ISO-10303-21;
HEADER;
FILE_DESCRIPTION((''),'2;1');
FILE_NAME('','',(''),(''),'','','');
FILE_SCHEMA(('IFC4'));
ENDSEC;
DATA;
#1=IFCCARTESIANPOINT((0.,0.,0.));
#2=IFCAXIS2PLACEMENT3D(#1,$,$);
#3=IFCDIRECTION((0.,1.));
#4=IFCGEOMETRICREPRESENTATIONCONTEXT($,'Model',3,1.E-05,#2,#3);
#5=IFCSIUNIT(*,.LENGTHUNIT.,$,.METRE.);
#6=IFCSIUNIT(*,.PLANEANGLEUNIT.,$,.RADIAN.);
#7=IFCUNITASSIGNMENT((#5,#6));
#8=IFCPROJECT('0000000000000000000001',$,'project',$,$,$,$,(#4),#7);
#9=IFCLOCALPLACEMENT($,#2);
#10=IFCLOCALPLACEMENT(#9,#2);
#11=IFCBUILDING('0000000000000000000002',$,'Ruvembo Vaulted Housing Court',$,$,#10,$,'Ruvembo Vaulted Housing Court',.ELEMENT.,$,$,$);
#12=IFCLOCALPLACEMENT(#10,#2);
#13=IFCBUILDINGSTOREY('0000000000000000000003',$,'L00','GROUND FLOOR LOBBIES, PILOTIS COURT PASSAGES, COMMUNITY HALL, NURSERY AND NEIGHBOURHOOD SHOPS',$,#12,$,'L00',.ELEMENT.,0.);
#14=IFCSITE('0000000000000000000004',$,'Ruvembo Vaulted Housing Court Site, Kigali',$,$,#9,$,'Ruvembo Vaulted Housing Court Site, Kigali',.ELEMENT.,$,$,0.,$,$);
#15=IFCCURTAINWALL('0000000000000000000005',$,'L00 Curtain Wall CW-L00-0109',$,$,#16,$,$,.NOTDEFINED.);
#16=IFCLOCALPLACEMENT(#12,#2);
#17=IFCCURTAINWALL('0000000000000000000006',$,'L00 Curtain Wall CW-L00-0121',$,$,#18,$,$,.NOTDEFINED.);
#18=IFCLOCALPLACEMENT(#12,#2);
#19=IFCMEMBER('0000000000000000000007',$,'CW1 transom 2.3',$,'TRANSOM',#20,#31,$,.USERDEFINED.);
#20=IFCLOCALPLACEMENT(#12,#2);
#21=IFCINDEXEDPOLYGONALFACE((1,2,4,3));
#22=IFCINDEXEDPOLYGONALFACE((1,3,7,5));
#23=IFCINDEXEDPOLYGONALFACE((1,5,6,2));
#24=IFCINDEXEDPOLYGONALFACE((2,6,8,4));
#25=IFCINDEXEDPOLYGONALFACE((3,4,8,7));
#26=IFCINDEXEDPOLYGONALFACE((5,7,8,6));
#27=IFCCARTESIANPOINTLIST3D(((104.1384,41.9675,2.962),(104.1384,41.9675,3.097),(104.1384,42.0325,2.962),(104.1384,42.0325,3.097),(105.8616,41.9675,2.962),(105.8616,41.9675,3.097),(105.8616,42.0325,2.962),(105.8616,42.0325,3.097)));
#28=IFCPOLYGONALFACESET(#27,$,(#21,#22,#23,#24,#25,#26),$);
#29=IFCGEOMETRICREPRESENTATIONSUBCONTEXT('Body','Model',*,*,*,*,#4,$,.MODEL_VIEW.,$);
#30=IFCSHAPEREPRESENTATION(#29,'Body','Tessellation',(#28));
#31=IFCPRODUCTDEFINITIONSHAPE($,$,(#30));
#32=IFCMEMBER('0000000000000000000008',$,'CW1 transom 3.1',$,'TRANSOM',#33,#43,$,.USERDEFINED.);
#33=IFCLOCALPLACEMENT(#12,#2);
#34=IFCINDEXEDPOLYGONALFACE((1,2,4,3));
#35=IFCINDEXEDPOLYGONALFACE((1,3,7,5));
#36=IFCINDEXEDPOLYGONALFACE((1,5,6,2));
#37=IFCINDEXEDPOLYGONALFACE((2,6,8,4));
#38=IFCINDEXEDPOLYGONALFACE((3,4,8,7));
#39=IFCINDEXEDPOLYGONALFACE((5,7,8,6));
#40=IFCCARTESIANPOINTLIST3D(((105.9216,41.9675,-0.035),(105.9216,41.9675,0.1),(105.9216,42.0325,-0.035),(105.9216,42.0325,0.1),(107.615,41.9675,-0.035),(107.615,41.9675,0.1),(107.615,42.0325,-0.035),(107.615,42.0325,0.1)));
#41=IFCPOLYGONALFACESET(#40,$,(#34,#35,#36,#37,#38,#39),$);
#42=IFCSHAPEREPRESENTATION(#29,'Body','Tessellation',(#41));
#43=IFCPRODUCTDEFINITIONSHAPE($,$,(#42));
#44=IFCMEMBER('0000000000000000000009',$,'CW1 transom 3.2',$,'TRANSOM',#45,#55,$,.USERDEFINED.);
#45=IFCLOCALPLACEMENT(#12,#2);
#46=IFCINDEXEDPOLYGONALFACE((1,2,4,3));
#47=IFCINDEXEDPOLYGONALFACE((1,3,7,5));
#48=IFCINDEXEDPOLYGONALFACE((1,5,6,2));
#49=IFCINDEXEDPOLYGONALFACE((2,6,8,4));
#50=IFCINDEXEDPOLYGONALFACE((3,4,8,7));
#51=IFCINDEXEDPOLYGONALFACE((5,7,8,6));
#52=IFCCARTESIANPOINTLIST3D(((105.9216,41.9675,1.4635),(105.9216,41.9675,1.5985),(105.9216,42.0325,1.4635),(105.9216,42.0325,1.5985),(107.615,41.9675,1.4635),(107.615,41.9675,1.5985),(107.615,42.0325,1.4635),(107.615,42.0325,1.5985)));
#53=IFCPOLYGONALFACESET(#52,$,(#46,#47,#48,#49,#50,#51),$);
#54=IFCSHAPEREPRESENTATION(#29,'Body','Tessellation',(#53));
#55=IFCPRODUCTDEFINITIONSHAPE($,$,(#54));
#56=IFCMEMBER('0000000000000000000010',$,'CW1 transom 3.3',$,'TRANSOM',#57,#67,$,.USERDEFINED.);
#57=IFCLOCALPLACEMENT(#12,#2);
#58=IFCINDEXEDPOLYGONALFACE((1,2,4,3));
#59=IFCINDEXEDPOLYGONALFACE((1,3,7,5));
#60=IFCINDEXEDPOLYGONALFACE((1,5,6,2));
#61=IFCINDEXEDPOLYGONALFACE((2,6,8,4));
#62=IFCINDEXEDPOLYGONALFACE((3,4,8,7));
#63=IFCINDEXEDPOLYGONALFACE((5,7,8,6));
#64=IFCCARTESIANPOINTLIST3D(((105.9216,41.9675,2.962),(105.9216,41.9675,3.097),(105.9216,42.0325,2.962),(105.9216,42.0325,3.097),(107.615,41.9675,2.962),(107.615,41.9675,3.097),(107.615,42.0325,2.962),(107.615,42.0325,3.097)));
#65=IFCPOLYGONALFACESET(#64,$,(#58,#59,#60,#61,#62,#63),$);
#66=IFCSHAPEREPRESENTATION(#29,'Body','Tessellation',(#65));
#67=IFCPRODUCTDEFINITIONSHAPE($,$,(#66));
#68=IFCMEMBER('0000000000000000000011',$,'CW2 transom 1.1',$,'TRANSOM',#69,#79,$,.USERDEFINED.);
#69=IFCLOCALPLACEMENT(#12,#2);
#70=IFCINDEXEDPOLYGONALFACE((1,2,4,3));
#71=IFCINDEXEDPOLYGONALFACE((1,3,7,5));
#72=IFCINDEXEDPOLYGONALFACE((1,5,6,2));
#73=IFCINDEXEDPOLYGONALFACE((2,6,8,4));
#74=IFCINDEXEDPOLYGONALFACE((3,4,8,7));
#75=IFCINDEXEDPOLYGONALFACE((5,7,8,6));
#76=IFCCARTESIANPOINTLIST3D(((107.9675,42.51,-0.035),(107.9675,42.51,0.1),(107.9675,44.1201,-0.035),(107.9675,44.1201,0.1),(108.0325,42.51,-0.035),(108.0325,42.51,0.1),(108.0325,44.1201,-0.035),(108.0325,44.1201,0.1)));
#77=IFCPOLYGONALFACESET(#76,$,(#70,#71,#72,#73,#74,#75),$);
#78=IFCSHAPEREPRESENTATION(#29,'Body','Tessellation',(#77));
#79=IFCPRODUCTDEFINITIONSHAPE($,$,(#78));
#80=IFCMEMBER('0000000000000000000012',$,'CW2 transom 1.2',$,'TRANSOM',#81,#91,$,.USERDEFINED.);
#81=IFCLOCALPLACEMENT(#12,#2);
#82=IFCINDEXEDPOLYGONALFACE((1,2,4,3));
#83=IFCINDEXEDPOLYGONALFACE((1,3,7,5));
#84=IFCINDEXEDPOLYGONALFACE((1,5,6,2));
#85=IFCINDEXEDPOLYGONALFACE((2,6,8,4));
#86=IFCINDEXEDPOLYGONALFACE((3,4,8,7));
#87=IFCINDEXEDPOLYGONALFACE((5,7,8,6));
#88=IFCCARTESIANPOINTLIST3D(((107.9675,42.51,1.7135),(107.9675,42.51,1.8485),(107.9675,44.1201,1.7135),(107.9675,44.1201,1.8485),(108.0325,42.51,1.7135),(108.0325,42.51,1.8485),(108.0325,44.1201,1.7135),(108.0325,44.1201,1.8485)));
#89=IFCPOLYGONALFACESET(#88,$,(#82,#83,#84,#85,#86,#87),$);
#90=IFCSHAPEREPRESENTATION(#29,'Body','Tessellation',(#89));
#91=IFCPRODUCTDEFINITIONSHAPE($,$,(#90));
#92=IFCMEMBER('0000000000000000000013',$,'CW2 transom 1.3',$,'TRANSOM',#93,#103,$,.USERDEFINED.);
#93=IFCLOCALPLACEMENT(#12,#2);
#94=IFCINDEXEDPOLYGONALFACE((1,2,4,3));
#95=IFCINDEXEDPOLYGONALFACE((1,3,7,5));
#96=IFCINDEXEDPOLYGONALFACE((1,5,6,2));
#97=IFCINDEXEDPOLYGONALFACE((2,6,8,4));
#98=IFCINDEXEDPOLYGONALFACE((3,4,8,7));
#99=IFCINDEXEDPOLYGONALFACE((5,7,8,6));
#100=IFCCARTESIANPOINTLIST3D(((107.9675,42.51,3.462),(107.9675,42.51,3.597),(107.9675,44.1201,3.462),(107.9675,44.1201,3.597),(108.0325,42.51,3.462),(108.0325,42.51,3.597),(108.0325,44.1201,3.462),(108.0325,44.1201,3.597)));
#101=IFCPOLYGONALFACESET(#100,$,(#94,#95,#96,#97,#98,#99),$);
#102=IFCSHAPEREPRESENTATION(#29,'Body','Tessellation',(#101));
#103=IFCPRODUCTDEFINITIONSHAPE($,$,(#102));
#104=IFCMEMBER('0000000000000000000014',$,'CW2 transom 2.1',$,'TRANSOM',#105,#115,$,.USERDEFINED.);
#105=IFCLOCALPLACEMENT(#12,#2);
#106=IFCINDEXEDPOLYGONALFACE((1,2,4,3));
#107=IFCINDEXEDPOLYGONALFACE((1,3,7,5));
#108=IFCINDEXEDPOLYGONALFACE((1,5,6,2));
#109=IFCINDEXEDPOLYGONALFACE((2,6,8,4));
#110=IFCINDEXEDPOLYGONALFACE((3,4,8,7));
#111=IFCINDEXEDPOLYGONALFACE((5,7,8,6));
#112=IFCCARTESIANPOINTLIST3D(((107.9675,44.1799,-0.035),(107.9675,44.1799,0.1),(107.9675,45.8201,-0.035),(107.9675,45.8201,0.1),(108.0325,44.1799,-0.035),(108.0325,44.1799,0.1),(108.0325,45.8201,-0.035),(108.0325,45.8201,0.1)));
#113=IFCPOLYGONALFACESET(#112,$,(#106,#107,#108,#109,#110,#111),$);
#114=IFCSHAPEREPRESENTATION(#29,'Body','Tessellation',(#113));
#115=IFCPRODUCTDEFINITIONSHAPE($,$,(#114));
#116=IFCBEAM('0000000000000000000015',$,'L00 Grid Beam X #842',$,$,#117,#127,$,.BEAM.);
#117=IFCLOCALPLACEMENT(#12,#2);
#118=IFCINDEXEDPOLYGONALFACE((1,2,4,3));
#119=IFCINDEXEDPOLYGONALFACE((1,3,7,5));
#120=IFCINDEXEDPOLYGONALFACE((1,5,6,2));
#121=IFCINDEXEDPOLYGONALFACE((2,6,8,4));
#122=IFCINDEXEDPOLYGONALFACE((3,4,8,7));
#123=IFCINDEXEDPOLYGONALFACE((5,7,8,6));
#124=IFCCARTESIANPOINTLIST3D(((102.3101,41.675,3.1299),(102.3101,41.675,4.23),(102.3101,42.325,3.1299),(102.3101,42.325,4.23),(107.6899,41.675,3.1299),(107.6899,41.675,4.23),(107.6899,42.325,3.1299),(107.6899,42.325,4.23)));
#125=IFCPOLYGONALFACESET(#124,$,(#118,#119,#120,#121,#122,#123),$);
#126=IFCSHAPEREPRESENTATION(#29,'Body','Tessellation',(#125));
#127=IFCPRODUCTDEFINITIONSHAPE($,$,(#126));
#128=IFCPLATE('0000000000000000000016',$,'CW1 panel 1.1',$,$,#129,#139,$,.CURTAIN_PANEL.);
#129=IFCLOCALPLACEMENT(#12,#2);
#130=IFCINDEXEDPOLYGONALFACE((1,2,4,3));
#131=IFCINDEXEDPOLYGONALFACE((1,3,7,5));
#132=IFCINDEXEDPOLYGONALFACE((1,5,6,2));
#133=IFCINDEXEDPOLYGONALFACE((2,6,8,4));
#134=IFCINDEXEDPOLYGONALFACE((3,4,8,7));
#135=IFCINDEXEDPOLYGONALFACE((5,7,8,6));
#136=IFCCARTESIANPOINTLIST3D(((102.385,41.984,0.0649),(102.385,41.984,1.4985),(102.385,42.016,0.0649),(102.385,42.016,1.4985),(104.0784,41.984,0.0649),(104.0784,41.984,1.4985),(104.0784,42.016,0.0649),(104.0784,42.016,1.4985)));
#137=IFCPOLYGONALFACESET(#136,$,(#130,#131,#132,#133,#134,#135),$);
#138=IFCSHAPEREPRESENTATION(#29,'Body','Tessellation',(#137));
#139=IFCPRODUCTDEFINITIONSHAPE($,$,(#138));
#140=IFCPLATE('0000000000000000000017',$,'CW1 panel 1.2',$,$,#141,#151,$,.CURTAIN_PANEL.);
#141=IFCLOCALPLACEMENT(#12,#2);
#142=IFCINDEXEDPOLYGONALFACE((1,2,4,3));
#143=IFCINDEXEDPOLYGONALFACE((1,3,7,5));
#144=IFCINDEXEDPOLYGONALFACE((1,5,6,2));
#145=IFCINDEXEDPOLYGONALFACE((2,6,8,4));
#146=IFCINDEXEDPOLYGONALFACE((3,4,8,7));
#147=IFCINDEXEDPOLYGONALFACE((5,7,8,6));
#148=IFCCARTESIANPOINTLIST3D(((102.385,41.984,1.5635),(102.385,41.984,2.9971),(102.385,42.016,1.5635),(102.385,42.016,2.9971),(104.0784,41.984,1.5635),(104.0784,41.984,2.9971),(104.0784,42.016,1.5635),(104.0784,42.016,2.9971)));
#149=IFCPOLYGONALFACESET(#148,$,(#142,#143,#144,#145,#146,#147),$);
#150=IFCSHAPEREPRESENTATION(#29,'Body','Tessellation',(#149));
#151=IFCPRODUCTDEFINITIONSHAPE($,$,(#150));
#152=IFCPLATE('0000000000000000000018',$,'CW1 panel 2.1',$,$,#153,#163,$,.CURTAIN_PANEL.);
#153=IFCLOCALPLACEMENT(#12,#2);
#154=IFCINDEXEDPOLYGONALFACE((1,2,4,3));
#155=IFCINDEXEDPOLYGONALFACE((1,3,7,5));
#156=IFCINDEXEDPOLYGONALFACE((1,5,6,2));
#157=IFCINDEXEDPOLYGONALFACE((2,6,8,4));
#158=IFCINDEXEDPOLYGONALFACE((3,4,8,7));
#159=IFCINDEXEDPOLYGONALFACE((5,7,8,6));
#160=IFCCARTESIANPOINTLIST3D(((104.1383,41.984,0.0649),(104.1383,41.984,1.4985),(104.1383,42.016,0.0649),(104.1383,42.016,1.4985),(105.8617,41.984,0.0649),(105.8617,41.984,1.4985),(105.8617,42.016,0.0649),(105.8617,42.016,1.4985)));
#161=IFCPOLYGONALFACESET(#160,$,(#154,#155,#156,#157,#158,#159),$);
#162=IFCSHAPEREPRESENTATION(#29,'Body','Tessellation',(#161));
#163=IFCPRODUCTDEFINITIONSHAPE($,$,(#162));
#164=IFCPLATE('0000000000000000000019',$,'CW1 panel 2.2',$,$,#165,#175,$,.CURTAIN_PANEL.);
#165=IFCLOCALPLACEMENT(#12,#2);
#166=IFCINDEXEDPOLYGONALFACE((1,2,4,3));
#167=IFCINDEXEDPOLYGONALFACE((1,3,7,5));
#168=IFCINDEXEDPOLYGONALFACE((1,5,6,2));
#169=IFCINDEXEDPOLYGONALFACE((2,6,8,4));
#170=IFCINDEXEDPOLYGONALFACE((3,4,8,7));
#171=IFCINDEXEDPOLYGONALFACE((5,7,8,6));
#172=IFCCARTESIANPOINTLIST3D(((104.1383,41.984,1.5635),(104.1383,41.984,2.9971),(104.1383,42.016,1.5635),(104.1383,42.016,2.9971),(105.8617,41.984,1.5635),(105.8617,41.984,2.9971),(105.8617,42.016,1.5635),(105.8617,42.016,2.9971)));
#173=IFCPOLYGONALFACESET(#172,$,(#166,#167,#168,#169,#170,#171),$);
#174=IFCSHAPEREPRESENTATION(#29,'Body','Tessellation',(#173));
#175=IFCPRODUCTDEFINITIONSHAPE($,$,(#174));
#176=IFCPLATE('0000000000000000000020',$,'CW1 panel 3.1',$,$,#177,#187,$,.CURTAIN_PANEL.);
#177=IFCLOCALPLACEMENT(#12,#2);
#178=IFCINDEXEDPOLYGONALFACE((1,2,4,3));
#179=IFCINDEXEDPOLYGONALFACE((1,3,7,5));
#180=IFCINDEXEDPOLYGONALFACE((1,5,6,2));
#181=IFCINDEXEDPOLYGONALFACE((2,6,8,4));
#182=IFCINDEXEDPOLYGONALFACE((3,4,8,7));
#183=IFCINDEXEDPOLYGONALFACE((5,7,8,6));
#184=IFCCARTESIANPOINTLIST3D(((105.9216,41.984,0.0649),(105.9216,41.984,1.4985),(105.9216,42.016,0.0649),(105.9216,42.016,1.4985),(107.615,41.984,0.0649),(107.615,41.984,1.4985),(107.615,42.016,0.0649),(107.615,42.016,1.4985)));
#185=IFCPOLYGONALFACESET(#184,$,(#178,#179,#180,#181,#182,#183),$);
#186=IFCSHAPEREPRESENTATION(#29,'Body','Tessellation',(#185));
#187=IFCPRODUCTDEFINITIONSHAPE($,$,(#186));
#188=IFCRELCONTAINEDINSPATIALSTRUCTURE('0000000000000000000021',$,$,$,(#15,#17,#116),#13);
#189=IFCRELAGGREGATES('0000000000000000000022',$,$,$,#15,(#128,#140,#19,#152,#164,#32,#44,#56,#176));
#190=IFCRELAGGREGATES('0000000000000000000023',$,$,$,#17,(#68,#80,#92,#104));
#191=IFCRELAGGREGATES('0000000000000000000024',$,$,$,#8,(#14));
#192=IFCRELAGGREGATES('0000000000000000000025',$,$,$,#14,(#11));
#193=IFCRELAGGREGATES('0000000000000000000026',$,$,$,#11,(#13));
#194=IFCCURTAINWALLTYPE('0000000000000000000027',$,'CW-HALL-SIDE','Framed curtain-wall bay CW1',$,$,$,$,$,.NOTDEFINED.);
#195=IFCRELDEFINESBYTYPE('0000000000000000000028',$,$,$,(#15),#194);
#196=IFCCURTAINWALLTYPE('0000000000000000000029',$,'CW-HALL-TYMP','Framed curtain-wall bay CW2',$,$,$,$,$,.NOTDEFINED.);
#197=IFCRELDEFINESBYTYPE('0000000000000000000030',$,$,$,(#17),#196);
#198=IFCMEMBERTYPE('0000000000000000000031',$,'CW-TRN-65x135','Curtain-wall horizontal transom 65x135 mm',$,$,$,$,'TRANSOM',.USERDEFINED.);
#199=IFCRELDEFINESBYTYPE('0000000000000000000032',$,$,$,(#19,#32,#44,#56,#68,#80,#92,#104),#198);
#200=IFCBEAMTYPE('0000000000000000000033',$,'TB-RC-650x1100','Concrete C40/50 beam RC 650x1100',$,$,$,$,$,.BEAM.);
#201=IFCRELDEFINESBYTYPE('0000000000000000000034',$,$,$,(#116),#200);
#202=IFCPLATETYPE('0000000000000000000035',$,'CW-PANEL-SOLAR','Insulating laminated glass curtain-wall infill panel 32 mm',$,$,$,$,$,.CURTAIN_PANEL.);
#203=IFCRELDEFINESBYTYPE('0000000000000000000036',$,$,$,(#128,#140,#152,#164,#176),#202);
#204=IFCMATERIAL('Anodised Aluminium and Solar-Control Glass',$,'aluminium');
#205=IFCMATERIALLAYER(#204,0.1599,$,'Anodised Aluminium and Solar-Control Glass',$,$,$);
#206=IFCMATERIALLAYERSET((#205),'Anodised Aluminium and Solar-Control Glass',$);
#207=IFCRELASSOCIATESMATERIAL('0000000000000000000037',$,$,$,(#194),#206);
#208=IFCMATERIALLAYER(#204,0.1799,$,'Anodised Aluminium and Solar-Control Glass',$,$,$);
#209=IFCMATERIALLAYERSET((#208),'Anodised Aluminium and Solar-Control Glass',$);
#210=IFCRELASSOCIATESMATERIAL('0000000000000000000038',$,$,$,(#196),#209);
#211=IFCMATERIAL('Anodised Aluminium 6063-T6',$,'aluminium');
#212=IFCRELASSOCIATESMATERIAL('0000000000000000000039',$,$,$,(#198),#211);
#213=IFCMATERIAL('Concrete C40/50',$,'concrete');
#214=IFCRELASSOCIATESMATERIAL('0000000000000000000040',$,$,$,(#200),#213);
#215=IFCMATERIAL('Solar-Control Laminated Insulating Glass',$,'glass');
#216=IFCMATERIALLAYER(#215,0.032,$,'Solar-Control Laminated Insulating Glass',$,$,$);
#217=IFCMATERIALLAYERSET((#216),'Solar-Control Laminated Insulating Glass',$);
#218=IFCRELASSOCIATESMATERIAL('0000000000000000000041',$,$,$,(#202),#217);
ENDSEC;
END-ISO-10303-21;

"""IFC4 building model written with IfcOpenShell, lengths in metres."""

from ifc_helpers import new_model, si_unit, direction, frame, origin, origin_2d, place, context, subcontext, project, spatial, rectangle, extrude, material, layer, layer_set, material_profile, profile_set, type_object, element, aggregate, save


model = new_model("IFC4")

# Units and contexts
model_context = context("Model", 3, precision=1e-05, world=origin(), true_north=direction((0.0, 1.0)))
body_context = subcontext(model_context, "Body", "Model", "MODEL_VIEW")
ifc_project = project(units=[si_unit("LENGTHUNIT", "METRE"), si_unit("PLANEANGLEUNIT", "RADIAN")], contexts=[model_context])

# Site, building, storey
site_placement = place(None, origin())
site = spatial("IfcSite", under=ifc_project, at=site_placement, Name="Ruvembo Vaulted Housing Court Site, Kigali", LongName="Ruvembo Vaulted Housing Court Site, Kigali", CompositionType="ELEMENT", RefElevation=0.0)
building_placement = place(site_placement, origin())
building = spatial("IfcBuilding", under=site, at=building_placement, Name="Ruvembo Vaulted Housing Court", LongName="Ruvembo Vaulted Housing Court", CompositionType="ELEMENT")
storey_placement = place(building_placement, origin())
storey = spatial("IfcBuildingStorey", under=building, at=storey_placement, Name="L00", Description="GROUND FLOOR LOBBIES, PILOTIS COURT PASSAGES, COMMUNITY HALL, NURSERY AND NEIGHBOURHOOD SHOPS", LongName="L00", CompositionType="ELEMENT", Elevation=0.0)

# Shared definitions
ifc_material_1 = material(Name="Concrete C40/50", Category="concrete")

# Curtain walls
ifc_material_2 = material(Name="Anodised Aluminium and Solar-Control Glass", Category="aluminium")
ifc_layer_1 = layer(ifc_material_2, 0.1599, Name="Anodised Aluminium and Solar-Control Glass")
ifc_layer_set_1 = layer_set([ifc_layer_1], Name="Anodised Aluminium and Solar-Control Glass")
curtain_wall_type_1 = type_object("IfcCurtainWallType", Name="CW-HALL-SIDE", Description="Framed curtain-wall bay CW1", PredefinedType="NOTDEFINED", material=ifc_layer_set_1)
curtain_wall_1_placement = place(storey_placement, origin())
curtain_wall_1 = element("IfcCurtainWall", 1, at=curtain_wall_1_placement, inside=storey, type_object=curtain_wall_type_1, Name="L00 Curtain Wall CW-L00-0109", PredefinedType="NOTDEFINED")
ifc_material_3 = material(Name="Anodised Aluminium 6063-T6", Category="aluminium")
ifc_layer_2 = layer(ifc_material_2, 0.1799, Name="Anodised Aluminium and Solar-Control Glass")
ifc_layer_set_2 = layer_set([ifc_layer_2], Name="Anodised Aluminium and Solar-Control Glass")
curtain_wall_type_2 = type_object("IfcCurtainWallType", Name="CW-HALL-TYMP", Description="Framed curtain-wall bay CW2", PredefinedType="NOTDEFINED", material=ifc_layer_set_2)
curtain_wall_2_placement = place(storey_placement, origin())
curtain_wall_2 = element("IfcCurtainWall", 2, at=curtain_wall_2_placement, inside=storey, type_object=curtain_wall_type_2, Name="L00 Curtain Wall CW-L00-0121", PredefinedType="NOTDEFINED")

# Members
ifc_material_profile_1 = material_profile(ifc_material_3, rectangle(XDim=0.0649, YDim=0.135, at=origin_2d()), Name="ALU 65x135")
ifc_profile_set_1 = profile_set([ifc_material_profile_1], Name="Anodised Aluminium 6063-T6")
member_type_1 = type_object("IfcMemberType", Name="CW-TRN-65x135", Description="Curtain-wall horizontal transom 65x135 mm", ElementType="TRANSOM", PredefinedType="USERDEFINED", material=ifc_profile_set_1)
member_1_placement = place(storey_placement, frame((104.1384, 42.0, 3.0295), z_axis=(1.0, 0.0, 0.0), x_axis=(0.0, 1.0, 0.0)))
member_1 = element("IfcMember", 3, at=member_1_placement, type_object=member_type_1, Name="CW1 transom 2.3", ObjectType="TRANSOM", PredefinedType="USERDEFINED", context=body_context, shape_type="SweptSolid", body=[
    extrude(rectangle(XDim=0.0649, YDim=0.135, at=origin_2d()), origin(), (0.0, 0.0, 1.0), 1.7231),
])
member_2_placement = place(storey_placement, frame((105.9216, 42.0, 0.0325), z_axis=(1.0, 0.0, 0.0), x_axis=(0.0, 1.0, 0.0)))
member_2 = element("IfcMember", 4, at=member_2_placement, type_object=member_type_1, Name="CW1 transom 3.1", ObjectType="TRANSOM", PredefinedType="USERDEFINED", context=body_context, shape_type="SweptSolid", body=[
    extrude(rectangle(XDim=0.0649, YDim=0.135, at=origin_2d()), origin(), (0.0, 0.0, 1.0), 1.6934),
])
member_3_placement = place(storey_placement, frame((105.9216, 42.0, 1.531), z_axis=(1.0, 0.0, 0.0), x_axis=(0.0, 1.0, 0.0)))
member_3 = element("IfcMember", 5, at=member_3_placement, type_object=member_type_1, Name="CW1 transom 3.2", ObjectType="TRANSOM", PredefinedType="USERDEFINED", context=body_context, shape_type="SweptSolid", body=[
    extrude(rectangle(XDim=0.0649, YDim=0.135, at=origin_2d()), origin(), (0.0, 0.0, 1.0), 1.6934),
])
member_4_placement = place(storey_placement, frame((105.9216, 42.0, 3.0295), z_axis=(1.0, 0.0, 0.0), x_axis=(0.0, 1.0, 0.0)))
member_4 = element("IfcMember", 6, at=member_4_placement, type_object=member_type_1, Name="CW1 transom 3.3", ObjectType="TRANSOM", PredefinedType="USERDEFINED", context=body_context, shape_type="SweptSolid", body=[
    extrude(rectangle(XDim=0.0649, YDim=0.135, at=origin_2d()), origin(), (0.0, 0.0, 1.0), 1.6934),
])
member_5_placement = place(storey_placement, frame((108.0, 42.51, 0.0325), z_axis=(0.0, 1.0, 0.0), x_axis=(-1.0, 0.0, 0.0)))
member_5 = element("IfcMember", 7, at=member_5_placement, type_object=member_type_1, Name="CW2 transom 1.1", ObjectType="TRANSOM", PredefinedType="USERDEFINED", context=body_context, shape_type="SweptSolid", body=[
    extrude(rectangle(XDim=0.0649, YDim=0.135, at=origin_2d()), origin(), (0.0, 0.0, 1.0), 1.6101),
])
member_6_placement = place(storey_placement, frame((108.0, 42.51, 1.781), z_axis=(0.0, 1.0, 0.0), x_axis=(-1.0, 0.0, 0.0)))
member_6 = element("IfcMember", 8, at=member_6_placement, type_object=member_type_1, Name="CW2 transom 1.2", ObjectType="TRANSOM", PredefinedType="USERDEFINED", context=body_context, shape_type="SweptSolid", body=[
    extrude(rectangle(XDim=0.0649, YDim=0.135, at=origin_2d()), origin(), (0.0, 0.0, 1.0), 1.6101),
])
member_7_placement = place(storey_placement, frame((108.0, 42.51, 3.5295), z_axis=(0.0, 1.0, 0.0), x_axis=(-1.0, 0.0, 0.0)))
member_7 = element("IfcMember", 9, at=member_7_placement, type_object=member_type_1, Name="CW2 transom 1.3", ObjectType="TRANSOM", PredefinedType="USERDEFINED", context=body_context, shape_type="SweptSolid", body=[
    extrude(rectangle(XDim=0.0649, YDim=0.135, at=origin_2d()), origin(), (0.0, 0.0, 1.0), 1.6101),
])
member_8_placement = place(storey_placement, frame((108.0, 44.1799, 0.0325), z_axis=(0.0, 1.0, 0.0), x_axis=(-1.0, 0.0, 0.0)))
member_8 = element("IfcMember", 10, at=member_8_placement, type_object=member_type_1, Name="CW2 transom 2.1", ObjectType="TRANSOM", PredefinedType="USERDEFINED", context=body_context, shape_type="SweptSolid", body=[
    extrude(rectangle(XDim=0.0649, YDim=0.135, at=origin_2d()), origin(), (0.0, 0.0, 1.0), 1.6401),
])

# Beam
ifc_material_profile_2 = material_profile(ifc_material_1, rectangle(XDim=0.6499, YDim=1.1001, at=origin_2d()), Name="RC 650x1100")
ifc_profile_set_2 = profile_set([ifc_material_profile_2], Name="Concrete C40/50")
beam_type_1 = type_object("IfcBeamType", Name="TB-RC-650x1100", Description="Concrete C40/50 beam RC 650x1100", PredefinedType="BEAM", material=ifc_profile_set_2)
beam_1_placement = place(storey_placement, frame((102.3101, 42.0, 3.6799), z_axis=(1.0, 0.0, 0.0), x_axis=(0.0, 1.0, 0.0)))
element("IfcBeam", 11, at=beam_1_placement, inside=storey, type_object=beam_type_1, Name="L00 Grid Beam X #842", PredefinedType="BEAM", context=body_context, shape_type="SweptSolid", body=[
    extrude(rectangle(XDim=0.6499, YDim=1.1001, at=origin_2d()), origin(), (0.0, 0.0, 1.0), 5.3799),
])

# Plates
ifc_material_4 = material(Name="Solar-Control Laminated Insulating Glass", Category="glass")
ifc_layer_3 = layer(ifc_material_4, 0.032, Name="Solar-Control Laminated Insulating Glass")
ifc_layer_set_3 = layer_set([ifc_layer_3], Name="Solar-Control Laminated Insulating Glass")
plate_type = type_object("IfcPlateType", Name="CW-PANEL-SOLAR", Description="Insulating laminated glass curtain-wall infill panel 32 mm", PredefinedType="CURTAIN_PANEL", material=ifc_layer_set_3)
plate_1_placement = place(storey_placement, frame((103.2317, 42.0, 0.0649), z_axis=(0.0, 0.0, 1.0), x_axis=(1.0, 0.0, 0.0)))
plate_1 = element("IfcPlate", 12, at=plate_1_placement, type_object=plate_type, Name="CW1 panel 1.1", PredefinedType="CURTAIN_PANEL", context=body_context, shape_type="SweptSolid", body=[
    extrude(rectangle(XDim=1.6934, YDim=0.032, at=origin_2d()), origin(), (0.0, 0.0, 1.0), 1.4336),
])
plate_2_placement = place(storey_placement, frame((103.2317, 42.0, 1.5635), z_axis=(0.0, 0.0, 1.0), x_axis=(1.0, 0.0, 0.0)))
plate_2 = element("IfcPlate", 13, at=plate_2_placement, type_object=plate_type, Name="CW1 panel 1.2", PredefinedType="CURTAIN_PANEL", context=body_context, shape_type="SweptSolid", body=[
    extrude(rectangle(XDim=1.6934, YDim=0.032, at=origin_2d()), origin(), (0.0, 0.0, 1.0), 1.4336),
])
plate_3_placement = place(storey_placement, frame((105.0, 42.0, 0.0649), z_axis=(0.0, 0.0, 1.0), x_axis=(1.0, 0.0, 0.0)))
plate_3 = element("IfcPlate", 14, at=plate_3_placement, type_object=plate_type, Name="CW1 panel 2.1", PredefinedType="CURTAIN_PANEL", context=body_context, shape_type="SweptSolid", body=[
    extrude(rectangle(XDim=1.7234, YDim=0.032, at=origin_2d()), origin(), (0.0, 0.0, 1.0), 1.4336),
])
plate_4_placement = place(storey_placement, frame((105.0, 42.0, 1.5635), z_axis=(0.0, 0.0, 1.0), x_axis=(1.0, 0.0, 0.0)))
plate_4 = element("IfcPlate", 15, at=plate_4_placement, type_object=plate_type, Name="CW1 panel 2.2", PredefinedType="CURTAIN_PANEL", context=body_context, shape_type="SweptSolid", body=[
    extrude(rectangle(XDim=1.7234, YDim=0.032, at=origin_2d()), origin(), (0.0, 0.0, 1.0), 1.4336),
])
plate_5_placement = place(storey_placement, frame((106.7683, 42.0, 0.0649), z_axis=(0.0, 0.0, 1.0), x_axis=(1.0, 0.0, 0.0)))
plate_5 = element("IfcPlate", 16, at=plate_5_placement, type_object=plate_type, Name="CW1 panel 3.1", PredefinedType="CURTAIN_PANEL", context=body_context, shape_type="SweptSolid", body=[
    extrude(rectangle(XDim=1.6934, YDim=0.032, at=origin_2d()), origin(), (0.0, 0.0, 1.0), 1.4336),
])
aggregate(curtain_wall_1, [plate_1, plate_2, member_1, plate_3, plate_4, member_2, member_3, member_4, plate_5])
aggregate(curtain_wall_2, [member_5, member_6, member_7, member_8])

save(model, "model.ifc")
